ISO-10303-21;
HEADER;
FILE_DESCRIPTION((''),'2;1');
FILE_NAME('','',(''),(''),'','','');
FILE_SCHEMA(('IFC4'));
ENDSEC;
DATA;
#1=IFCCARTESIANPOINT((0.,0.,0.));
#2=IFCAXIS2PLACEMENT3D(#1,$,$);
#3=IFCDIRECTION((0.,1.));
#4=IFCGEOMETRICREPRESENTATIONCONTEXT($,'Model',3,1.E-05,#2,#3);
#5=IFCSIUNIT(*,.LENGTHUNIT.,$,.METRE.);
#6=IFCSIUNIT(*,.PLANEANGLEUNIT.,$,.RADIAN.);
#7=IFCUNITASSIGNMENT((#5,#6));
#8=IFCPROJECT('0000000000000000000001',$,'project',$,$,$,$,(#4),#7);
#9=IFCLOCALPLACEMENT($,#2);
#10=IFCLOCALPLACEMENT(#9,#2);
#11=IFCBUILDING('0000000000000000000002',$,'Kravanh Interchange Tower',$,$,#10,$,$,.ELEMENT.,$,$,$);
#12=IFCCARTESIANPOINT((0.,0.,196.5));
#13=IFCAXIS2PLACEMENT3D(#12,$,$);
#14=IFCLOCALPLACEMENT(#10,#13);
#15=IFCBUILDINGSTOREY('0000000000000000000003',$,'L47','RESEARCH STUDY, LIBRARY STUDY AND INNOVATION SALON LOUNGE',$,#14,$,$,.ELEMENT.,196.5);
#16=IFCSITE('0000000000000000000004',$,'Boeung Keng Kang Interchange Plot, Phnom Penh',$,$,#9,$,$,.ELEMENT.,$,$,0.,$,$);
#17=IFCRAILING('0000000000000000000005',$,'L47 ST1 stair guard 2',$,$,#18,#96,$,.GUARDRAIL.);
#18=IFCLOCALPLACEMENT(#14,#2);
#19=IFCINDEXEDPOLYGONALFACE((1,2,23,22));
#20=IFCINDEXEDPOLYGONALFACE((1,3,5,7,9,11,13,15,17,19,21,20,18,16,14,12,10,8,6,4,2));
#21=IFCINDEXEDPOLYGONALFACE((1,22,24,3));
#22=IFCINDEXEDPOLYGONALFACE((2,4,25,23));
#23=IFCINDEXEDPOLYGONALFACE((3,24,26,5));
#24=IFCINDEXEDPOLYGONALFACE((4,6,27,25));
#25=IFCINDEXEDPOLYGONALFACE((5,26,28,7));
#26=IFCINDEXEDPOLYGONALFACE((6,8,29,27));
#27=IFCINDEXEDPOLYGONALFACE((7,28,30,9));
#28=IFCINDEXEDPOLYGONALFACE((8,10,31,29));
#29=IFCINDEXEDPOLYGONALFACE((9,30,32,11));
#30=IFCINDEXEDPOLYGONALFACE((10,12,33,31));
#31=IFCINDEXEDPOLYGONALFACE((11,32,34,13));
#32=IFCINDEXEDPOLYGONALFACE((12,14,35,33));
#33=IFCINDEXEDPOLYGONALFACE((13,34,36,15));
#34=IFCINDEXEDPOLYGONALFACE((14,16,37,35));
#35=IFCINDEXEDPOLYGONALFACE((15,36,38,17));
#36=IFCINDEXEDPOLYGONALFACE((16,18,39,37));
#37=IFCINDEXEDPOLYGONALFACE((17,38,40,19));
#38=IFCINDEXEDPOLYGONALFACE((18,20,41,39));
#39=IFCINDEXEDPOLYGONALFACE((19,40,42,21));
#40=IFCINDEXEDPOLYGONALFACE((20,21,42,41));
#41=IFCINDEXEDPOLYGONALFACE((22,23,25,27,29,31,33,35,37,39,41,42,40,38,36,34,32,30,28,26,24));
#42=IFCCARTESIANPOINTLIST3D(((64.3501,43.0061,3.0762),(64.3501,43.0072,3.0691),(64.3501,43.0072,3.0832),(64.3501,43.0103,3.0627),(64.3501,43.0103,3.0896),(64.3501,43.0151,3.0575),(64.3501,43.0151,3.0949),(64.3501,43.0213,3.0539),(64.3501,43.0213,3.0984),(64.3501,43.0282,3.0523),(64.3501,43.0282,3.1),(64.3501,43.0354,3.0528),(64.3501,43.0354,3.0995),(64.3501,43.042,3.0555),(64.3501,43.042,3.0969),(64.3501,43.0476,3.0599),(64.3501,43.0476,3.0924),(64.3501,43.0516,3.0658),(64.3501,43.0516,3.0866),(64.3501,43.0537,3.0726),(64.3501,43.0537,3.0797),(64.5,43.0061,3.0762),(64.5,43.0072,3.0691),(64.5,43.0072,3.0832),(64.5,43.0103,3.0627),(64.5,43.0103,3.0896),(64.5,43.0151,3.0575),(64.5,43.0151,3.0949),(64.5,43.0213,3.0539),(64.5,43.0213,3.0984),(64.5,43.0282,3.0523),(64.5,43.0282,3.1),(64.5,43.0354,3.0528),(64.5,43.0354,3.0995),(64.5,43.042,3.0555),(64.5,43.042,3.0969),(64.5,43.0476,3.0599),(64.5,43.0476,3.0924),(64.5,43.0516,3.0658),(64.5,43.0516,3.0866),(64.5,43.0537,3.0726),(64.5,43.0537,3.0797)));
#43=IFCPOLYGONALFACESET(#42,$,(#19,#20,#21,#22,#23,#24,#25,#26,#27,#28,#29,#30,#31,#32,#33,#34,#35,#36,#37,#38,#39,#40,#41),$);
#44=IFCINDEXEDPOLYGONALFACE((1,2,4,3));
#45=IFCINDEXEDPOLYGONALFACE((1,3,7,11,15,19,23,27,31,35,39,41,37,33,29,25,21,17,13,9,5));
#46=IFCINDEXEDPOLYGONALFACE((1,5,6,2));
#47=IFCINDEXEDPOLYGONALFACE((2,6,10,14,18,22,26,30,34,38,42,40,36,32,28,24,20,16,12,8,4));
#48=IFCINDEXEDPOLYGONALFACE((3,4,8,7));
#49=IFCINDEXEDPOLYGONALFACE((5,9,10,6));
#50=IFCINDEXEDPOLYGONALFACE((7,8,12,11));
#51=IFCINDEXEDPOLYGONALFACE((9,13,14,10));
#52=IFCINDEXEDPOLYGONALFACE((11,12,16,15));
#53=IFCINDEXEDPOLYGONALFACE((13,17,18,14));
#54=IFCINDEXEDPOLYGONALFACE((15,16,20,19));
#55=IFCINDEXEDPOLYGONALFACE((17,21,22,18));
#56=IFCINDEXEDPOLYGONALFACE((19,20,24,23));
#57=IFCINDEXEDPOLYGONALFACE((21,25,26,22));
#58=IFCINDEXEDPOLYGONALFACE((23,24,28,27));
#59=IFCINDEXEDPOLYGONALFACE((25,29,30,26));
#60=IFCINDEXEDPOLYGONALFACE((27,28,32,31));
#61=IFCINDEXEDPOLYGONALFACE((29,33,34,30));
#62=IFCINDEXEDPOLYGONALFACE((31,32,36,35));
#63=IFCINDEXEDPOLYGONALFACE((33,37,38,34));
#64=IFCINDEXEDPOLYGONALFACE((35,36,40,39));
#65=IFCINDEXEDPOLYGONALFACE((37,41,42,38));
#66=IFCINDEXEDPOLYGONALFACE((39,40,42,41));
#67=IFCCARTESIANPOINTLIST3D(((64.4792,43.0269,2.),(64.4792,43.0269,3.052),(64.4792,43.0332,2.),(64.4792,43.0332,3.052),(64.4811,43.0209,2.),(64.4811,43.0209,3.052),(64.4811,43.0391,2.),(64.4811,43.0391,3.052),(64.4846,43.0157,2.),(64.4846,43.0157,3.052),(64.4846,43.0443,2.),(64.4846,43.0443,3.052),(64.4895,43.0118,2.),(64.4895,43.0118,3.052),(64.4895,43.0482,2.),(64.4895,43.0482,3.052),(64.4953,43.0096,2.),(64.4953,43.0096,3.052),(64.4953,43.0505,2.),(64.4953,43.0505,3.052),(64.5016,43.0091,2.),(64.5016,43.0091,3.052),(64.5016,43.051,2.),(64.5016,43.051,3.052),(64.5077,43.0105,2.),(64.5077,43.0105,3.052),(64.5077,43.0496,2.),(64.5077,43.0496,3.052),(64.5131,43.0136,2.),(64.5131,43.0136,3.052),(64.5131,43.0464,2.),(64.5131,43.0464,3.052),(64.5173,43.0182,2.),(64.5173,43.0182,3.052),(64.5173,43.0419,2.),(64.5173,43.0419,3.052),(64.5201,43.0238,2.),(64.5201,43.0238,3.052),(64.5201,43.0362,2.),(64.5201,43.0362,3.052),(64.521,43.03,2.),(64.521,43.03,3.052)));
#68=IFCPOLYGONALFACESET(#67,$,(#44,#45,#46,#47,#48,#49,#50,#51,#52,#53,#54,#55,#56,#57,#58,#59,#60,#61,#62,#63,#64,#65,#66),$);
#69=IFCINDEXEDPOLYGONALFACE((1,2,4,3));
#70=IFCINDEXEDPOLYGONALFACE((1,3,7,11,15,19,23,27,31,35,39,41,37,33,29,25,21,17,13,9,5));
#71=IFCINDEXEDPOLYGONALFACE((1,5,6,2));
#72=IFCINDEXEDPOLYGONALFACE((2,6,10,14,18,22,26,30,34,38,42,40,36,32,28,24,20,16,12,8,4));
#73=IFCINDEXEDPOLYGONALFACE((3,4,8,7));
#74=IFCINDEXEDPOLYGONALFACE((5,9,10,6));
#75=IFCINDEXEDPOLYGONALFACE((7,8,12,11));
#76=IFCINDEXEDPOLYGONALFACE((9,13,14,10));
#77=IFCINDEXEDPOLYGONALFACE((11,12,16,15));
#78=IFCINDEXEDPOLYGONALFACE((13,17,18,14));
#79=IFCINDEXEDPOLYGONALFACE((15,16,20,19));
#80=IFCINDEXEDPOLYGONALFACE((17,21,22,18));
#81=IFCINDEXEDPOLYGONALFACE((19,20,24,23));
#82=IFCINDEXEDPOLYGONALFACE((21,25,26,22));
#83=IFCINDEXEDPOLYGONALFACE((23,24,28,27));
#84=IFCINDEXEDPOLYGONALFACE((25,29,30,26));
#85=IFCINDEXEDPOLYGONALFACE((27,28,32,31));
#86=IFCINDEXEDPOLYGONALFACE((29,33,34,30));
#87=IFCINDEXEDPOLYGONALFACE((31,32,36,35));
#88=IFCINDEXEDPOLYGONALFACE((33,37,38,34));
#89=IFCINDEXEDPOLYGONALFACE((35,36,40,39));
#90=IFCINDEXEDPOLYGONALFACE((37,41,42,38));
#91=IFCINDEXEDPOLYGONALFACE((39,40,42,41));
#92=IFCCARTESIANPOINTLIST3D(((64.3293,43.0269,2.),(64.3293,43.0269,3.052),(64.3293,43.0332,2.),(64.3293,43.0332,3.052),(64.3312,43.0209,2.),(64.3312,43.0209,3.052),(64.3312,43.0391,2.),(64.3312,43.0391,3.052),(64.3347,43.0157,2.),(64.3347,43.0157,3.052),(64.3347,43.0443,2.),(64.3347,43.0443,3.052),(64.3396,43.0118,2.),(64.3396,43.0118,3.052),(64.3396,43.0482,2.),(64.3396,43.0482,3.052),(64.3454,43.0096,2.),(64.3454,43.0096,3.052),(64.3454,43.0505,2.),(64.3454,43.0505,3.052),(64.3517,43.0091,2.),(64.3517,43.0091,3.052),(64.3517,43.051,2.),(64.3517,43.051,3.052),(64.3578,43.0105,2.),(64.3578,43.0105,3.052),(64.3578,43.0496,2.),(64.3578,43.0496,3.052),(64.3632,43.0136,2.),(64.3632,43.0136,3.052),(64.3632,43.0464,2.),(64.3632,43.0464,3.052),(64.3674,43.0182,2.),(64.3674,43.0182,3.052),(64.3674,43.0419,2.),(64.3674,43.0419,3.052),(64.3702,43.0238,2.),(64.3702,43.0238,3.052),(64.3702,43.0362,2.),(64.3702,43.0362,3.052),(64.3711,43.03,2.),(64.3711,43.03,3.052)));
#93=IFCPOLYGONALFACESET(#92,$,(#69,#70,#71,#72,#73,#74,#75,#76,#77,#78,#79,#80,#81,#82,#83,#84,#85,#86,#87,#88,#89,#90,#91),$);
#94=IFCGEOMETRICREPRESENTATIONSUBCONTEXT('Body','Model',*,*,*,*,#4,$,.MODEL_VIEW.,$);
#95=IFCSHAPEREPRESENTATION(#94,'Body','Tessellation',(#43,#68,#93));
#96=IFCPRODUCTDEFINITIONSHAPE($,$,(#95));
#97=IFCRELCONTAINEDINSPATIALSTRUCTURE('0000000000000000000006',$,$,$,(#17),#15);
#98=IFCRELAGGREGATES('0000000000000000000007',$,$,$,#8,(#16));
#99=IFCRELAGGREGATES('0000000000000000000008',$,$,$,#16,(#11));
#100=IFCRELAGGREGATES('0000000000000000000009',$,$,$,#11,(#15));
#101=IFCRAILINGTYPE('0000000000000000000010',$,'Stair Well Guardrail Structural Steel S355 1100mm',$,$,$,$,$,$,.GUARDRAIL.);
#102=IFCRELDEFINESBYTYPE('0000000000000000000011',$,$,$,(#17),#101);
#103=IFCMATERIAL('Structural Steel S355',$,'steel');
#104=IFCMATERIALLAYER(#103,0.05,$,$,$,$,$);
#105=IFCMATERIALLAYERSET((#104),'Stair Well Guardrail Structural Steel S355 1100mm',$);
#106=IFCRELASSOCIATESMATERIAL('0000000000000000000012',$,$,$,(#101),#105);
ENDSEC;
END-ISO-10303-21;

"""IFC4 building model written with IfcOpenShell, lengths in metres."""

from ifc_helpers import new_model, si_unit, direction, frame, origin, origin_2d, place, context, subcontext, project, spatial, circle, extrude, material, layer, layer_set, type_object, element, save


model = new_model("IFC4")

# Units and contexts
model_context = context("Model", 3, precision=1e-05, world=origin(), true_north=direction((0.0, 1.0)))
body_context = subcontext(model_context, "Body", "Model", "MODEL_VIEW")
ifc_project = project(units=[si_unit("LENGTHUNIT", "METRE"), si_unit("PLANEANGLEUNIT", "RADIAN")], contexts=[model_context])

# Site, building, storey
site_placement = place(None, origin())
site = spatial("IfcSite", under=ifc_project, at=site_placement, Name="Boeung Keng Kang Interchange Plot, Phnom Penh", CompositionType="ELEMENT", RefElevation=0.0)
building_placement = place(site_placement, origin())
building = spatial("IfcBuilding", under=site, at=building_placement, Name="Kravanh Interchange Tower", CompositionType="ELEMENT")
storey_placement = place(building_placement, frame((0.0, 0.0, 196.5)))
storey = spatial("IfcBuildingStorey", under=building, at=storey_placement, Name="L47", Description="RESEARCH STUDY, LIBRARY STUDY AND INNOVATION SALON LOUNGE", CompositionType="ELEMENT", Elevation=196.5)

# Railing
ifc_material_1 = material(Name="Structural Steel S355", Category="steel")
ifc_layer_1 = layer(ifc_material_1, 0.05)
ifc_layer_set_1 = layer_set([ifc_layer_1], Name="Stair Well Guardrail Structural Steel S355 1100mm")
railing_type_1 = type_object("IfcRailingType", Name="Stair Well Guardrail Structural Steel S355 1100mm", PredefinedType="GUARDRAIL", material=ifc_layer_set_1)
railing_1_placement = place(storey_placement, frame((64.5, 43.03, 2.0)))
element("IfcRailing", 1, at=railing_1_placement, inside=storey, type_object=railing_type_1, Name="L47 ST1 stair guard 2", PredefinedType="GUARDRAIL", context=body_context, shape_type="SweptSolid", body=[
    extrude(circle(Radius=0.0239, at=origin_2d()), frame((0.0, 0.0, 1.0762), z_axis=(-1.0, 0.0, 0.0), x_axis=(0.0, -1.0, 0.0)), (0.0, 0.0, 1.0), 0.1499),
    extrude(circle(Radius=0.021, at=origin_2d()), origin(), (0.0, 0.0, 1.0), 1.052),
    extrude(circle(Radius=0.021, at=origin_2d()), frame((-0.1499, 0.0, 0.0)), (0.0, 0.0, 1.0), 1.052),
])

save(model, "model.ifc")
